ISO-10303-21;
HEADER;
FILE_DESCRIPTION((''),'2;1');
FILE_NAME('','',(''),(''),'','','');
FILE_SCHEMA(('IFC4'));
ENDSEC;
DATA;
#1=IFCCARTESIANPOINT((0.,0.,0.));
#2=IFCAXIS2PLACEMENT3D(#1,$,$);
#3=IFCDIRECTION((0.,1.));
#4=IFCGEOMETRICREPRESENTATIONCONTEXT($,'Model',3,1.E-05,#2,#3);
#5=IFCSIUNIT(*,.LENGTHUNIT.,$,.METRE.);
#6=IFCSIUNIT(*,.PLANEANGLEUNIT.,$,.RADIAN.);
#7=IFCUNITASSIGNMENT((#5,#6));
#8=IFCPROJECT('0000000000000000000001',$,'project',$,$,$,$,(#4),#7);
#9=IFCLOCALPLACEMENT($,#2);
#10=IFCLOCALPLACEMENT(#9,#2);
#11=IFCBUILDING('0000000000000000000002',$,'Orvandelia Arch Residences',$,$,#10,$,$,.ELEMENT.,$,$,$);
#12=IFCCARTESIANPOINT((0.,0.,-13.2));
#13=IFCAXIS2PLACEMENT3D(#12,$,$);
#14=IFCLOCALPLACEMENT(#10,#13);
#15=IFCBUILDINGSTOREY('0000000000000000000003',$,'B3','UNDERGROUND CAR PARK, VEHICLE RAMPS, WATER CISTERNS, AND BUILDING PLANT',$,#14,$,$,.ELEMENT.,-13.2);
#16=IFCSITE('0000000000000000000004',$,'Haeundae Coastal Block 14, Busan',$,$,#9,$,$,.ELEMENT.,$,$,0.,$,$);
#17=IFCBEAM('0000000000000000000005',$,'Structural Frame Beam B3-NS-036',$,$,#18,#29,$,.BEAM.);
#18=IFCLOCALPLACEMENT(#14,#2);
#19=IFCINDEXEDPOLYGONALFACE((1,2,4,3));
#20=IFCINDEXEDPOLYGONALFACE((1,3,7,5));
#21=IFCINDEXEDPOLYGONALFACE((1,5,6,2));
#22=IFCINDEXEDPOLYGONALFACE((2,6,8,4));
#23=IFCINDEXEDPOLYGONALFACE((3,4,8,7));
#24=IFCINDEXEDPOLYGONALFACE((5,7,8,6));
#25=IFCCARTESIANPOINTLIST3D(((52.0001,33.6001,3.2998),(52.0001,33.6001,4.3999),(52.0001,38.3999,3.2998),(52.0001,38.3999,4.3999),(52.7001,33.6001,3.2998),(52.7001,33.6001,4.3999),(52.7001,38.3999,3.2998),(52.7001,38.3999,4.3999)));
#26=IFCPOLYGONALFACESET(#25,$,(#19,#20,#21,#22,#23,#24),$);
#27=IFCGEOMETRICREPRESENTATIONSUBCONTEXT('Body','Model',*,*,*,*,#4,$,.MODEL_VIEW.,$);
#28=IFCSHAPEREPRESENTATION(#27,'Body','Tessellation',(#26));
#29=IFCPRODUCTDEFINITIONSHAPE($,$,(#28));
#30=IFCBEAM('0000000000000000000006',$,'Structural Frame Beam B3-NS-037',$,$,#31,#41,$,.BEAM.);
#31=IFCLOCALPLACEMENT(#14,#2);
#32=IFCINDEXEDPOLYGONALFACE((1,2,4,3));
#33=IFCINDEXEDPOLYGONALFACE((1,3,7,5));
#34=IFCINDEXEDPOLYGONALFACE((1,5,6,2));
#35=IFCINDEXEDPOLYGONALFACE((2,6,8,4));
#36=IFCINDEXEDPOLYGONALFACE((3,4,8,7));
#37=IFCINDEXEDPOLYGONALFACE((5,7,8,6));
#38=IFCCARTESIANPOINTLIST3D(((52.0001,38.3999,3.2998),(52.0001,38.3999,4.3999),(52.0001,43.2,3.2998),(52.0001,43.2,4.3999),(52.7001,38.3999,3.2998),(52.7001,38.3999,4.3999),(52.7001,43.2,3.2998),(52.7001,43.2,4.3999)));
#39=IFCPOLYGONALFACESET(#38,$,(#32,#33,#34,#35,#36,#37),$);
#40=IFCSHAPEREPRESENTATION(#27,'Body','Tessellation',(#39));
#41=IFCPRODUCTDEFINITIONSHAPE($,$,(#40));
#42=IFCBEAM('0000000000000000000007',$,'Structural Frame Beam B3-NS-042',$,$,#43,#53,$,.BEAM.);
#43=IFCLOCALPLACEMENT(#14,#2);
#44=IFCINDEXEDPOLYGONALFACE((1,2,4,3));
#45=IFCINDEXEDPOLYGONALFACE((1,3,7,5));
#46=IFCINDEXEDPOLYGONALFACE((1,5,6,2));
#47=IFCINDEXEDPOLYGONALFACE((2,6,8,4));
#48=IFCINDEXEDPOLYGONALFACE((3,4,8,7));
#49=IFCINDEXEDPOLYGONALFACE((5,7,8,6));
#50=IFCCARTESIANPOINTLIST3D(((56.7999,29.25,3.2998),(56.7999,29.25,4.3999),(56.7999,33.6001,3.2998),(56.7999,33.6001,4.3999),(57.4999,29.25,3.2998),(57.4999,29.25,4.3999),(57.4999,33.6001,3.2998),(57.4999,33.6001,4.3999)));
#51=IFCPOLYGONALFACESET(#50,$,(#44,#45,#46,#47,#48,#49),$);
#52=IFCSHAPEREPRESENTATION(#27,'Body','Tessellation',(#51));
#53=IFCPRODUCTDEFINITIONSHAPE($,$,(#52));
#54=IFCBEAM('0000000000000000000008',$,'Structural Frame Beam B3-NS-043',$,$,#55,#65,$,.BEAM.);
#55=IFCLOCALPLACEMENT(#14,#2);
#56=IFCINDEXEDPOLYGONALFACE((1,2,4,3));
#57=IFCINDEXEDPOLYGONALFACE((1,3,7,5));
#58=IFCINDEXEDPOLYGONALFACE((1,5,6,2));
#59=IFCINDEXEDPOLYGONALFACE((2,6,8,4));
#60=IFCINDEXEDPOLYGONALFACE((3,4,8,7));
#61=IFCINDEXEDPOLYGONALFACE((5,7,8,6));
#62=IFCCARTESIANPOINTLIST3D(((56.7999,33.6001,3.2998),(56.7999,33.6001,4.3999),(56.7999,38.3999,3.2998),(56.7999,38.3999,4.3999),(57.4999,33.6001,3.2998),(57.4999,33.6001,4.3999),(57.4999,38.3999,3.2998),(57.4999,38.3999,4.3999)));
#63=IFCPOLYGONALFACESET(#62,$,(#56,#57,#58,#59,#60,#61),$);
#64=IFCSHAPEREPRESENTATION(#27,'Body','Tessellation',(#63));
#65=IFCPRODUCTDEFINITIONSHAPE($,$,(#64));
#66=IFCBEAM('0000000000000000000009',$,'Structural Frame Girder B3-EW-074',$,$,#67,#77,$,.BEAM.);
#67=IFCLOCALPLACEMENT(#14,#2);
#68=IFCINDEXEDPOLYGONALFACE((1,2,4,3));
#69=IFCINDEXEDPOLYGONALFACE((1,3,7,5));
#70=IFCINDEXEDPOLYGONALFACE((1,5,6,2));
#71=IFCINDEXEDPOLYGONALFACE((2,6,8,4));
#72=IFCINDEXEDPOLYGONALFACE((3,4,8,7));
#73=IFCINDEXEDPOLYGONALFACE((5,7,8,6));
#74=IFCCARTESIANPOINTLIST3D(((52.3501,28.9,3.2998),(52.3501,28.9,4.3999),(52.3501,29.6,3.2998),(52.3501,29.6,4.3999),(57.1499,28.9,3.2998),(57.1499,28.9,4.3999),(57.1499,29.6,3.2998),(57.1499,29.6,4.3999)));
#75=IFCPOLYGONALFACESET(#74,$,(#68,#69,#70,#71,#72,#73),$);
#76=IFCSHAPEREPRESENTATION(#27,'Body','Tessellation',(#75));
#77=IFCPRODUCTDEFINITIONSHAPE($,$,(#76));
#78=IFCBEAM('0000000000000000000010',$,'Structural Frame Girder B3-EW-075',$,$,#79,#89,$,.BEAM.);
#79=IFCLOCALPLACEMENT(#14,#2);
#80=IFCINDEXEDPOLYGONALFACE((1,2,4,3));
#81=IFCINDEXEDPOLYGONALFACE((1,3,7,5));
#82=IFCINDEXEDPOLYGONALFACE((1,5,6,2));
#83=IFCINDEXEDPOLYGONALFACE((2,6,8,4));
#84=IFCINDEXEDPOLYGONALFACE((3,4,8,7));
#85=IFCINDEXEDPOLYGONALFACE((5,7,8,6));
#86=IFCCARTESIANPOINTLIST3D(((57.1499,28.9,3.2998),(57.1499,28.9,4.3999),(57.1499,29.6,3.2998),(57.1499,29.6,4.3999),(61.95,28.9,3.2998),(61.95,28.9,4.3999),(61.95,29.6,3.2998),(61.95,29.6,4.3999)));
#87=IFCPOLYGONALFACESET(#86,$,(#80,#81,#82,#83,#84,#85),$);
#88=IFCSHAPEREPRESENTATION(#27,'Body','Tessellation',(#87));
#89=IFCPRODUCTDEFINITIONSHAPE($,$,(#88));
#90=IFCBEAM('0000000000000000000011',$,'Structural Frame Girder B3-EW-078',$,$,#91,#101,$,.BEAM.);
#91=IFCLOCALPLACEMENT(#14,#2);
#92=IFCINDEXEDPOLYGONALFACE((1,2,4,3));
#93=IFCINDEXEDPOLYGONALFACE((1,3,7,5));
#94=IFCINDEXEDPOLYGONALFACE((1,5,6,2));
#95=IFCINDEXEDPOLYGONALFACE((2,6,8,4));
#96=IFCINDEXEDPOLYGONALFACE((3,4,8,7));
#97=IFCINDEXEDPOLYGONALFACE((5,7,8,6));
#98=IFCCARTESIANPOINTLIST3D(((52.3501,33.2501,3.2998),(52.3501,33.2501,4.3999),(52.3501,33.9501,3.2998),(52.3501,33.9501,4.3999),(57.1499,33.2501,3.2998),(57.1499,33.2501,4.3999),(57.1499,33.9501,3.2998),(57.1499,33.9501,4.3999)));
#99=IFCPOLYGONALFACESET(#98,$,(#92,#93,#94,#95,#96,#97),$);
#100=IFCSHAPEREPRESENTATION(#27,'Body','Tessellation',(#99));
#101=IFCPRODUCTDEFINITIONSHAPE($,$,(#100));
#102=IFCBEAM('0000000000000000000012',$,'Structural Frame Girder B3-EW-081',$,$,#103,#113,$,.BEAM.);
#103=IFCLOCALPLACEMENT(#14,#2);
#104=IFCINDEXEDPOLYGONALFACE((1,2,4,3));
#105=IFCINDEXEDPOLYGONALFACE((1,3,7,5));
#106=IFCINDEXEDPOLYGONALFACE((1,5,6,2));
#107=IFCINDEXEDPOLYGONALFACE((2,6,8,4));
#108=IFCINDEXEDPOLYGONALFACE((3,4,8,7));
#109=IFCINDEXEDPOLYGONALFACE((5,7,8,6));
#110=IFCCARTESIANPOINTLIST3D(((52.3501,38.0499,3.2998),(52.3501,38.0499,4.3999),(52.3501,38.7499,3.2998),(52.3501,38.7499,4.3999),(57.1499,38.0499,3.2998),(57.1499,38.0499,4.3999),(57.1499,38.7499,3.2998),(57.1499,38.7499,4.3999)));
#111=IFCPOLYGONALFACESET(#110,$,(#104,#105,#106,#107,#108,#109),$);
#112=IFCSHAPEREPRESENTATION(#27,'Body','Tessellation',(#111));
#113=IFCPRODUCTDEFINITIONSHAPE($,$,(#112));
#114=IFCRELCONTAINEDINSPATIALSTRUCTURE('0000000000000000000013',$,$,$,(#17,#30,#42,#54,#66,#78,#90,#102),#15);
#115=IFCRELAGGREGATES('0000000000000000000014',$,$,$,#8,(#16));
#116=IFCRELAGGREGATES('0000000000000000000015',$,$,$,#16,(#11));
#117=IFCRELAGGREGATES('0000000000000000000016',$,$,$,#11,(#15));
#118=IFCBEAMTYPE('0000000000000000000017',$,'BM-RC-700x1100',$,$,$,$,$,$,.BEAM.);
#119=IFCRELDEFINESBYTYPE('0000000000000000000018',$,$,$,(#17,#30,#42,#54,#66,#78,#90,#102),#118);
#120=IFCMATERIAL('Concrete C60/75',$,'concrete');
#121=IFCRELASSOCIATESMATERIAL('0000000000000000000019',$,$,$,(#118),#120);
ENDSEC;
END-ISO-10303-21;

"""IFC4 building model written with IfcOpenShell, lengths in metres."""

from ifc_helpers import new_model, si_unit, direction, frame, origin, origin_2d, place, context, subcontext, project, spatial, rectangle, extrude, material, material_profile, profile_set, type_object, element, save


model = new_model("IFC4")

# Units and contexts
model_context = context("Model", 3, precision=1e-05, world=origin(), true_north=direction((0.0, 1.0)))
body_context = subcontext(model_context, "Body", "Model", "MODEL_VIEW")
ifc_project = project(units=[si_unit("LENGTHUNIT", "METRE"), si_unit("PLANEANGLEUNIT", "RADIAN")], contexts=[model_context])

# Site, building, storey
site_placement = place(None, origin())
site = spatial("IfcSite", under=ifc_project, at=site_placement, Name="Haeundae Coastal Block 14, Busan", CompositionType="ELEMENT", RefElevation=0.0)
building_placement = place(site_placement, origin())
building = spatial("IfcBuilding", under=site, at=building_placement, Name="Orvandelia Arch Residences", CompositionType="ELEMENT")
storey_placement = place(building_placement, frame((0.0, 0.0, -13.2)))
storey = spatial("IfcBuildingStorey", under=building, at=storey_placement, Name="B3", Description="UNDERGROUND CAR PARK, VEHICLE RAMPS, WATER CISTERNS, AND BUILDING PLANT", CompositionType="ELEMENT", Elevation=-13.2)

# Shared definitions
ifc_material_1 = material(Name="Concrete C60/75", Category="concrete")

# Beams
ifc_material_profile_1 = material_profile(ifc_material_1, rectangle(XDim=0.7, YDim=1.1001, at=origin_2d()), Name="Concrete C60/75", Category="concrete")
ifc_profile_set_1 = profile_set([ifc_material_profile_1], Name="Concrete C60/75")
beam_type = type_object("IfcBeamType", Name="BM-RC-700x1100", PredefinedType="BEAM", material=ifc_profile_set_1)
beam_1_placement = place(storey_placement, frame((52.3501, 33.6001, 3.8499), z_axis=(0.0, 1.0, 0.0), x_axis=(-1.0, 0.0, 0.0)))
element("IfcBeam", 1, at=beam_1_placement, inside=storey, type_object=beam_type, Name="Structural Frame Beam B3-NS-036", PredefinedType="BEAM", context=body_context, shape_type="SweptSolid", body=[
    extrude(rectangle(XDim=0.7, YDim=1.1001, at=origin_2d()), origin(), (0.0, 0.0, 1.0), 4.7998),
])
beam_2_placement = place(storey_placement, frame((52.3501, 38.3999, 3.8499), z_axis=(0.0, 1.0, 0.0), x_axis=(-1.0, 0.0, 0.0)))
element("IfcBeam", 2, at=beam_2_placement, inside=storey, type_object=beam_type, Name="Structural Frame Beam B3-NS-037", PredefinedType="BEAM", context=body_context, shape_type="SweptSolid", body=[
    extrude(rectangle(XDim=0.7, YDim=1.1001, at=origin_2d()), origin(), (0.0, 0.0, 1.0), 4.8),
])
beam_3_placement = place(storey_placement, frame((57.1499, 29.25, 3.8499), z_axis=(0.0, 1.0, 0.0), x_axis=(-1.0, 0.0, 0.0)))
element("IfcBeam", 3, at=beam_3_placement, inside=storey, type_object=beam_type, Name="Structural Frame Beam B3-NS-042", PredefinedType="BEAM", context=body_context, shape_type="SweptSolid", body=[
    extrude(rectangle(XDim=0.7, YDim=1.1001, at=origin_2d()), origin(), (0.0, 0.0, 1.0), 4.3501),
])
for number, where, z_axis, x_axis, name in (
    (4, (57.1499, 33.6001, 3.8499), (0.0, 1.0, 0.0), (-1.0, 0.0, 0.0), "Structural Frame Beam B3-NS-043"),
    (5, (52.3501, 29.25, 3.8499), (1.0, 0.0, 0.0), (0.0, 1.0, 0.0), "Structural Frame Girder B3-EW-074"),
):
    element("IfcBeam", number, at=place(storey_placement, frame(where, z_axis=z_axis, x_axis=x_axis)), inside=storey, type_object=beam_type, Name=name, PredefinedType="BEAM", context=body_context, shape_type="SweptSolid", body=[
        extrude(rectangle(XDim=0.7, YDim=1.1001, at=origin_2d()), origin(), (0.0, 0.0, 1.0), 4.7998),
    ])
beam_4_placement = place(storey_placement, frame((57.1499, 29.25, 3.8499), z_axis=(1.0, 0.0, 0.0), x_axis=(0.0, 1.0, 0.0)))
element("IfcBeam", 6, at=beam_4_placement, inside=storey, type_object=beam_type, Name="Structural Frame Girder B3-EW-075", PredefinedType="BEAM", context=body_context, shape_type="SweptSolid", body=[
    extrude(rectangle(XDim=0.7, YDim=1.1001, at=origin_2d()), origin(), (0.0, 0.0, 1.0), 4.8),
])
for number, where, z_axis, x_axis, name in (
    (7, (52.3501, 33.6001, 3.8499), (1.0, 0.0, 0.0), (0.0, 1.0, 0.0), "Structural Frame Girder B3-EW-078"),
    (8, (52.3501, 38.3999, 3.8499), (1.0, 0.0, 0.0), (0.0, 1.0, 0.0), "Structural Frame Girder B3-EW-081"),
):
    element("IfcBeam", number, at=place(storey_placement, frame(where, z_axis=z_axis, x_axis=x_axis)), inside=storey, type_object=beam_type, Name=name, PredefinedType="BEAM", context=body_context, shape_type="SweptSolid", body=[
        extrude(rectangle(XDim=0.7, YDim=1.1001, at=origin_2d()), origin(), (0.0, 0.0, 1.0), 4.7998),
    ])

save(model, "model.ifc")
